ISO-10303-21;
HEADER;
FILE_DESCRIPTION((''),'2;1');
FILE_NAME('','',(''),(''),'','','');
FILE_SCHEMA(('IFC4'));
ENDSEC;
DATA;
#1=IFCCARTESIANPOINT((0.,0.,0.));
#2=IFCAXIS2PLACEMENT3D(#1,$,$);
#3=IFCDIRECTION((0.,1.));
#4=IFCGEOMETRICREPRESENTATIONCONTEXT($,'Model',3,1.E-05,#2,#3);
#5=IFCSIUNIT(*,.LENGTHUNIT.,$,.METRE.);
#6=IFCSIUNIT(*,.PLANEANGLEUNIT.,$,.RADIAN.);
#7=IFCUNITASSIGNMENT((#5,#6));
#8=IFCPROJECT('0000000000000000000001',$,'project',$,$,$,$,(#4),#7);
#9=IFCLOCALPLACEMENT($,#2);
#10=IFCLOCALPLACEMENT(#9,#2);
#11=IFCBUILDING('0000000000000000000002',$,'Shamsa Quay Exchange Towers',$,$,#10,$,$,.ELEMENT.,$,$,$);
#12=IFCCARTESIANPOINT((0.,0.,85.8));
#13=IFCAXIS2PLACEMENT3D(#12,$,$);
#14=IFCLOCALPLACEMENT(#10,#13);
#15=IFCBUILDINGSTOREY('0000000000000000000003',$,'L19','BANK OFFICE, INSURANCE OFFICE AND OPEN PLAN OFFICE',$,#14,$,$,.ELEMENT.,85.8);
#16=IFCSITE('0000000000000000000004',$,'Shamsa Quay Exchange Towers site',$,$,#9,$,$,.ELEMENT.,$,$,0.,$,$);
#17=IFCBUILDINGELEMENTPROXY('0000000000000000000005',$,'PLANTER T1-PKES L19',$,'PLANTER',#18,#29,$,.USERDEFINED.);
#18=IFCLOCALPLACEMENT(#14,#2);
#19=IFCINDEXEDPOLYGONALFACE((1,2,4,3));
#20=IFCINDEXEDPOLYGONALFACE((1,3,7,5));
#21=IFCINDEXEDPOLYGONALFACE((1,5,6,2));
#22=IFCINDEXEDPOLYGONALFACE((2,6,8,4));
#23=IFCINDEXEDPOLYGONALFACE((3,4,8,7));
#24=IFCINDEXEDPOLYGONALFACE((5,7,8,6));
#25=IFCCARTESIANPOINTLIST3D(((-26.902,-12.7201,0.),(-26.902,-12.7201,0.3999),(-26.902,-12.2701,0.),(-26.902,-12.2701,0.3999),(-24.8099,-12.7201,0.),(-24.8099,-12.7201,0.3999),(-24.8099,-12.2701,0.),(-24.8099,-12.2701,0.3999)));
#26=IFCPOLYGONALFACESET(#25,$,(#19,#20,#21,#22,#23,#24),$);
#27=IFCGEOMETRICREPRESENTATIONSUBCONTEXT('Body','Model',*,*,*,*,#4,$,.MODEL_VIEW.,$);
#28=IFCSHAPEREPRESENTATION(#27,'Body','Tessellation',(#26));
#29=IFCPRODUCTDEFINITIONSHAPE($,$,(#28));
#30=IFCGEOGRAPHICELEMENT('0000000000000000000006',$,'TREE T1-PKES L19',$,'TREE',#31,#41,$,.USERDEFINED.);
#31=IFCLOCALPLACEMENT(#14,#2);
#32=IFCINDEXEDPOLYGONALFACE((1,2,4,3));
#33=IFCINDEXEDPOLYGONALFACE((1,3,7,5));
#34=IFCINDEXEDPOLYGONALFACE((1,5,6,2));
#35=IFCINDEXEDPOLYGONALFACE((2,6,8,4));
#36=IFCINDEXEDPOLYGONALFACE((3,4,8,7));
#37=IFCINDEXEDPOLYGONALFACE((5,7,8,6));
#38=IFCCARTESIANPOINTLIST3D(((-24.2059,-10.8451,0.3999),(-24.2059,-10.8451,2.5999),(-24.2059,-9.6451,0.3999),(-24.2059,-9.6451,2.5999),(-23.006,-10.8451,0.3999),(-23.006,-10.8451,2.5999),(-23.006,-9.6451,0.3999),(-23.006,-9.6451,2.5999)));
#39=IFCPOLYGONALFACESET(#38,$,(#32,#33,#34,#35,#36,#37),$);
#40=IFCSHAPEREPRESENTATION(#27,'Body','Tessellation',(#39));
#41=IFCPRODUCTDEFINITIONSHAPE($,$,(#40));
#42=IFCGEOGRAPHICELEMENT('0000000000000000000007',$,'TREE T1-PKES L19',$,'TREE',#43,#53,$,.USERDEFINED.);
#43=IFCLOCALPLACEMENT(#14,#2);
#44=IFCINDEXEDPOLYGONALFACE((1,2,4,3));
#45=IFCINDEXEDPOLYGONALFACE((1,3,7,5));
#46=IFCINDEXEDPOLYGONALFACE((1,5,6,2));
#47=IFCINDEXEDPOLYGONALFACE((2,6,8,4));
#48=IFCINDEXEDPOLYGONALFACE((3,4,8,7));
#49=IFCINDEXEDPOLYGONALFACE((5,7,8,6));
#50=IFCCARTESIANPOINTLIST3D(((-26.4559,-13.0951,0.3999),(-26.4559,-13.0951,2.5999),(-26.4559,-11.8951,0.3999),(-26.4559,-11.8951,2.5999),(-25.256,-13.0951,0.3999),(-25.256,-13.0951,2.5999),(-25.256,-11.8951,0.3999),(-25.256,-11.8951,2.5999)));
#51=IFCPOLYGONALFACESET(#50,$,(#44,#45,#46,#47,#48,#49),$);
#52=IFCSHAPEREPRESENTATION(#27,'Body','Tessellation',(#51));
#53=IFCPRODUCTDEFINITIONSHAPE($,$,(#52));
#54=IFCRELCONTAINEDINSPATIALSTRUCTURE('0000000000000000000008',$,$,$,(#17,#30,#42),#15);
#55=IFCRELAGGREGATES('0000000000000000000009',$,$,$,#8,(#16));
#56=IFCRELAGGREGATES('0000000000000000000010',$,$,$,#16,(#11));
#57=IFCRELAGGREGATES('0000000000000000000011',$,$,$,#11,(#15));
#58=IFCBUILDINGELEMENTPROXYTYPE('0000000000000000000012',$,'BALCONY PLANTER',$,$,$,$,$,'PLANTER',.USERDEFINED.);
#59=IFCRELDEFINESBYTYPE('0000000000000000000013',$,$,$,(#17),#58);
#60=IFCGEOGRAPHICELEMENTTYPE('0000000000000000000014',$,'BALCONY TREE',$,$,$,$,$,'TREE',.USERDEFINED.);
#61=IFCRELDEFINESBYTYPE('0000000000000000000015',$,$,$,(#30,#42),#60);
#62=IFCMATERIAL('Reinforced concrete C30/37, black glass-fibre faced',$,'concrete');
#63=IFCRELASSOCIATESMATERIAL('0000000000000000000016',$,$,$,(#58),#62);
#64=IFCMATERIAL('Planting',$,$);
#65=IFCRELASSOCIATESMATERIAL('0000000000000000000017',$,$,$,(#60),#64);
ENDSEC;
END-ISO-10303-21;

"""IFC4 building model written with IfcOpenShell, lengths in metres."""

from ifc_helpers import new_model, si_unit, direction, frame, origin, origin_2d, place, context, subcontext, project, spatial, rectangle, extrude, material, type_object, element, save


model = new_model("IFC4")

# Units and contexts
model_context = context("Model", 3, precision=1e-05, world=origin(), true_north=direction((0.0, 1.0)))
body_context = subcontext(model_context, "Body", "Model", "MODEL_VIEW")
ifc_project = project(units=[si_unit("LENGTHUNIT", "METRE"), si_unit("PLANEANGLEUNIT", "RADIAN")], contexts=[model_context])

# Site, building, storey
site_placement = place(None, origin())
site = spatial("IfcSite", under=ifc_project, at=site_placement, Name="Shamsa Quay Exchange Towers site", CompositionType="ELEMENT", RefElevation=0.0)
building_placement = place(site_placement, origin())
building = spatial("IfcBuilding", under=site, at=building_placement, Name="Shamsa Quay Exchange Towers", CompositionType="ELEMENT")
storey_placement = place(building_placement, frame((0.0, 0.0, 85.8)))
storey = spatial("IfcBuildingStorey", under=building, at=storey_placement, Name="L19", Description="BANK OFFICE, INSURANCE OFFICE AND OPEN PLAN OFFICE", CompositionType="ELEMENT", Elevation=85.8)

# Building element proxy
ifc_material_1 = material(Name="Reinforced concrete C30/37, black glass-fibre faced", Category="concrete")
building_element_proxy_type = type_object("IfcBuildingElementProxyType", Name="BALCONY PLANTER", ElementType="PLANTER", PredefinedType="USERDEFINED", material=ifc_material_1)
for number, where, name in (
    (1, (-25.856, -12.4951, 0.0), "PLANTER T1-PKES L19"),
):
    element("IfcBuildingElementProxy", number, at=place(storey_placement, frame(where)), inside=storey, type_object=building_element_proxy_type, Name=name, ObjectType="PLANTER", PredefinedType="USERDEFINED", context=body_context, shape_type="SweptSolid", body=[
        extrude(rectangle(XDim=2.092, YDim=0.45, at=origin_2d()), origin(), (0.0, 0.0, 1.0), 0.3999),
    ])

# Geographic elements
ifc_material_2 = material(Name="Planting")
geographic_element_type = type_object("IfcGeographicElementType", Name="BALCONY TREE", ElementType="TREE", PredefinedType="USERDEFINED", material=ifc_material_2)
for number, where, name in (
    (2, (-23.606, -10.2451, 0.3999), "TREE T1-PKES L19"),
    (3, (-25.856, -12.4951, 0.3999), "TREE T1-PKES L19"),
):
    element("IfcGeographicElement", number, at=place(storey_placement, frame(where)), inside=storey, type_object=geographic_element_type, Name=name, ObjectType="TREE", PredefinedType="USERDEFINED", context=body_context, shape_type="SweptSolid", body=[
        extrude(rectangle(XDim=1.2, YDim=1.2, at=origin_2d()), origin(), (0.0, 0.0, 1.0), 2.2),
    ])

save(model, "model.ifc")
